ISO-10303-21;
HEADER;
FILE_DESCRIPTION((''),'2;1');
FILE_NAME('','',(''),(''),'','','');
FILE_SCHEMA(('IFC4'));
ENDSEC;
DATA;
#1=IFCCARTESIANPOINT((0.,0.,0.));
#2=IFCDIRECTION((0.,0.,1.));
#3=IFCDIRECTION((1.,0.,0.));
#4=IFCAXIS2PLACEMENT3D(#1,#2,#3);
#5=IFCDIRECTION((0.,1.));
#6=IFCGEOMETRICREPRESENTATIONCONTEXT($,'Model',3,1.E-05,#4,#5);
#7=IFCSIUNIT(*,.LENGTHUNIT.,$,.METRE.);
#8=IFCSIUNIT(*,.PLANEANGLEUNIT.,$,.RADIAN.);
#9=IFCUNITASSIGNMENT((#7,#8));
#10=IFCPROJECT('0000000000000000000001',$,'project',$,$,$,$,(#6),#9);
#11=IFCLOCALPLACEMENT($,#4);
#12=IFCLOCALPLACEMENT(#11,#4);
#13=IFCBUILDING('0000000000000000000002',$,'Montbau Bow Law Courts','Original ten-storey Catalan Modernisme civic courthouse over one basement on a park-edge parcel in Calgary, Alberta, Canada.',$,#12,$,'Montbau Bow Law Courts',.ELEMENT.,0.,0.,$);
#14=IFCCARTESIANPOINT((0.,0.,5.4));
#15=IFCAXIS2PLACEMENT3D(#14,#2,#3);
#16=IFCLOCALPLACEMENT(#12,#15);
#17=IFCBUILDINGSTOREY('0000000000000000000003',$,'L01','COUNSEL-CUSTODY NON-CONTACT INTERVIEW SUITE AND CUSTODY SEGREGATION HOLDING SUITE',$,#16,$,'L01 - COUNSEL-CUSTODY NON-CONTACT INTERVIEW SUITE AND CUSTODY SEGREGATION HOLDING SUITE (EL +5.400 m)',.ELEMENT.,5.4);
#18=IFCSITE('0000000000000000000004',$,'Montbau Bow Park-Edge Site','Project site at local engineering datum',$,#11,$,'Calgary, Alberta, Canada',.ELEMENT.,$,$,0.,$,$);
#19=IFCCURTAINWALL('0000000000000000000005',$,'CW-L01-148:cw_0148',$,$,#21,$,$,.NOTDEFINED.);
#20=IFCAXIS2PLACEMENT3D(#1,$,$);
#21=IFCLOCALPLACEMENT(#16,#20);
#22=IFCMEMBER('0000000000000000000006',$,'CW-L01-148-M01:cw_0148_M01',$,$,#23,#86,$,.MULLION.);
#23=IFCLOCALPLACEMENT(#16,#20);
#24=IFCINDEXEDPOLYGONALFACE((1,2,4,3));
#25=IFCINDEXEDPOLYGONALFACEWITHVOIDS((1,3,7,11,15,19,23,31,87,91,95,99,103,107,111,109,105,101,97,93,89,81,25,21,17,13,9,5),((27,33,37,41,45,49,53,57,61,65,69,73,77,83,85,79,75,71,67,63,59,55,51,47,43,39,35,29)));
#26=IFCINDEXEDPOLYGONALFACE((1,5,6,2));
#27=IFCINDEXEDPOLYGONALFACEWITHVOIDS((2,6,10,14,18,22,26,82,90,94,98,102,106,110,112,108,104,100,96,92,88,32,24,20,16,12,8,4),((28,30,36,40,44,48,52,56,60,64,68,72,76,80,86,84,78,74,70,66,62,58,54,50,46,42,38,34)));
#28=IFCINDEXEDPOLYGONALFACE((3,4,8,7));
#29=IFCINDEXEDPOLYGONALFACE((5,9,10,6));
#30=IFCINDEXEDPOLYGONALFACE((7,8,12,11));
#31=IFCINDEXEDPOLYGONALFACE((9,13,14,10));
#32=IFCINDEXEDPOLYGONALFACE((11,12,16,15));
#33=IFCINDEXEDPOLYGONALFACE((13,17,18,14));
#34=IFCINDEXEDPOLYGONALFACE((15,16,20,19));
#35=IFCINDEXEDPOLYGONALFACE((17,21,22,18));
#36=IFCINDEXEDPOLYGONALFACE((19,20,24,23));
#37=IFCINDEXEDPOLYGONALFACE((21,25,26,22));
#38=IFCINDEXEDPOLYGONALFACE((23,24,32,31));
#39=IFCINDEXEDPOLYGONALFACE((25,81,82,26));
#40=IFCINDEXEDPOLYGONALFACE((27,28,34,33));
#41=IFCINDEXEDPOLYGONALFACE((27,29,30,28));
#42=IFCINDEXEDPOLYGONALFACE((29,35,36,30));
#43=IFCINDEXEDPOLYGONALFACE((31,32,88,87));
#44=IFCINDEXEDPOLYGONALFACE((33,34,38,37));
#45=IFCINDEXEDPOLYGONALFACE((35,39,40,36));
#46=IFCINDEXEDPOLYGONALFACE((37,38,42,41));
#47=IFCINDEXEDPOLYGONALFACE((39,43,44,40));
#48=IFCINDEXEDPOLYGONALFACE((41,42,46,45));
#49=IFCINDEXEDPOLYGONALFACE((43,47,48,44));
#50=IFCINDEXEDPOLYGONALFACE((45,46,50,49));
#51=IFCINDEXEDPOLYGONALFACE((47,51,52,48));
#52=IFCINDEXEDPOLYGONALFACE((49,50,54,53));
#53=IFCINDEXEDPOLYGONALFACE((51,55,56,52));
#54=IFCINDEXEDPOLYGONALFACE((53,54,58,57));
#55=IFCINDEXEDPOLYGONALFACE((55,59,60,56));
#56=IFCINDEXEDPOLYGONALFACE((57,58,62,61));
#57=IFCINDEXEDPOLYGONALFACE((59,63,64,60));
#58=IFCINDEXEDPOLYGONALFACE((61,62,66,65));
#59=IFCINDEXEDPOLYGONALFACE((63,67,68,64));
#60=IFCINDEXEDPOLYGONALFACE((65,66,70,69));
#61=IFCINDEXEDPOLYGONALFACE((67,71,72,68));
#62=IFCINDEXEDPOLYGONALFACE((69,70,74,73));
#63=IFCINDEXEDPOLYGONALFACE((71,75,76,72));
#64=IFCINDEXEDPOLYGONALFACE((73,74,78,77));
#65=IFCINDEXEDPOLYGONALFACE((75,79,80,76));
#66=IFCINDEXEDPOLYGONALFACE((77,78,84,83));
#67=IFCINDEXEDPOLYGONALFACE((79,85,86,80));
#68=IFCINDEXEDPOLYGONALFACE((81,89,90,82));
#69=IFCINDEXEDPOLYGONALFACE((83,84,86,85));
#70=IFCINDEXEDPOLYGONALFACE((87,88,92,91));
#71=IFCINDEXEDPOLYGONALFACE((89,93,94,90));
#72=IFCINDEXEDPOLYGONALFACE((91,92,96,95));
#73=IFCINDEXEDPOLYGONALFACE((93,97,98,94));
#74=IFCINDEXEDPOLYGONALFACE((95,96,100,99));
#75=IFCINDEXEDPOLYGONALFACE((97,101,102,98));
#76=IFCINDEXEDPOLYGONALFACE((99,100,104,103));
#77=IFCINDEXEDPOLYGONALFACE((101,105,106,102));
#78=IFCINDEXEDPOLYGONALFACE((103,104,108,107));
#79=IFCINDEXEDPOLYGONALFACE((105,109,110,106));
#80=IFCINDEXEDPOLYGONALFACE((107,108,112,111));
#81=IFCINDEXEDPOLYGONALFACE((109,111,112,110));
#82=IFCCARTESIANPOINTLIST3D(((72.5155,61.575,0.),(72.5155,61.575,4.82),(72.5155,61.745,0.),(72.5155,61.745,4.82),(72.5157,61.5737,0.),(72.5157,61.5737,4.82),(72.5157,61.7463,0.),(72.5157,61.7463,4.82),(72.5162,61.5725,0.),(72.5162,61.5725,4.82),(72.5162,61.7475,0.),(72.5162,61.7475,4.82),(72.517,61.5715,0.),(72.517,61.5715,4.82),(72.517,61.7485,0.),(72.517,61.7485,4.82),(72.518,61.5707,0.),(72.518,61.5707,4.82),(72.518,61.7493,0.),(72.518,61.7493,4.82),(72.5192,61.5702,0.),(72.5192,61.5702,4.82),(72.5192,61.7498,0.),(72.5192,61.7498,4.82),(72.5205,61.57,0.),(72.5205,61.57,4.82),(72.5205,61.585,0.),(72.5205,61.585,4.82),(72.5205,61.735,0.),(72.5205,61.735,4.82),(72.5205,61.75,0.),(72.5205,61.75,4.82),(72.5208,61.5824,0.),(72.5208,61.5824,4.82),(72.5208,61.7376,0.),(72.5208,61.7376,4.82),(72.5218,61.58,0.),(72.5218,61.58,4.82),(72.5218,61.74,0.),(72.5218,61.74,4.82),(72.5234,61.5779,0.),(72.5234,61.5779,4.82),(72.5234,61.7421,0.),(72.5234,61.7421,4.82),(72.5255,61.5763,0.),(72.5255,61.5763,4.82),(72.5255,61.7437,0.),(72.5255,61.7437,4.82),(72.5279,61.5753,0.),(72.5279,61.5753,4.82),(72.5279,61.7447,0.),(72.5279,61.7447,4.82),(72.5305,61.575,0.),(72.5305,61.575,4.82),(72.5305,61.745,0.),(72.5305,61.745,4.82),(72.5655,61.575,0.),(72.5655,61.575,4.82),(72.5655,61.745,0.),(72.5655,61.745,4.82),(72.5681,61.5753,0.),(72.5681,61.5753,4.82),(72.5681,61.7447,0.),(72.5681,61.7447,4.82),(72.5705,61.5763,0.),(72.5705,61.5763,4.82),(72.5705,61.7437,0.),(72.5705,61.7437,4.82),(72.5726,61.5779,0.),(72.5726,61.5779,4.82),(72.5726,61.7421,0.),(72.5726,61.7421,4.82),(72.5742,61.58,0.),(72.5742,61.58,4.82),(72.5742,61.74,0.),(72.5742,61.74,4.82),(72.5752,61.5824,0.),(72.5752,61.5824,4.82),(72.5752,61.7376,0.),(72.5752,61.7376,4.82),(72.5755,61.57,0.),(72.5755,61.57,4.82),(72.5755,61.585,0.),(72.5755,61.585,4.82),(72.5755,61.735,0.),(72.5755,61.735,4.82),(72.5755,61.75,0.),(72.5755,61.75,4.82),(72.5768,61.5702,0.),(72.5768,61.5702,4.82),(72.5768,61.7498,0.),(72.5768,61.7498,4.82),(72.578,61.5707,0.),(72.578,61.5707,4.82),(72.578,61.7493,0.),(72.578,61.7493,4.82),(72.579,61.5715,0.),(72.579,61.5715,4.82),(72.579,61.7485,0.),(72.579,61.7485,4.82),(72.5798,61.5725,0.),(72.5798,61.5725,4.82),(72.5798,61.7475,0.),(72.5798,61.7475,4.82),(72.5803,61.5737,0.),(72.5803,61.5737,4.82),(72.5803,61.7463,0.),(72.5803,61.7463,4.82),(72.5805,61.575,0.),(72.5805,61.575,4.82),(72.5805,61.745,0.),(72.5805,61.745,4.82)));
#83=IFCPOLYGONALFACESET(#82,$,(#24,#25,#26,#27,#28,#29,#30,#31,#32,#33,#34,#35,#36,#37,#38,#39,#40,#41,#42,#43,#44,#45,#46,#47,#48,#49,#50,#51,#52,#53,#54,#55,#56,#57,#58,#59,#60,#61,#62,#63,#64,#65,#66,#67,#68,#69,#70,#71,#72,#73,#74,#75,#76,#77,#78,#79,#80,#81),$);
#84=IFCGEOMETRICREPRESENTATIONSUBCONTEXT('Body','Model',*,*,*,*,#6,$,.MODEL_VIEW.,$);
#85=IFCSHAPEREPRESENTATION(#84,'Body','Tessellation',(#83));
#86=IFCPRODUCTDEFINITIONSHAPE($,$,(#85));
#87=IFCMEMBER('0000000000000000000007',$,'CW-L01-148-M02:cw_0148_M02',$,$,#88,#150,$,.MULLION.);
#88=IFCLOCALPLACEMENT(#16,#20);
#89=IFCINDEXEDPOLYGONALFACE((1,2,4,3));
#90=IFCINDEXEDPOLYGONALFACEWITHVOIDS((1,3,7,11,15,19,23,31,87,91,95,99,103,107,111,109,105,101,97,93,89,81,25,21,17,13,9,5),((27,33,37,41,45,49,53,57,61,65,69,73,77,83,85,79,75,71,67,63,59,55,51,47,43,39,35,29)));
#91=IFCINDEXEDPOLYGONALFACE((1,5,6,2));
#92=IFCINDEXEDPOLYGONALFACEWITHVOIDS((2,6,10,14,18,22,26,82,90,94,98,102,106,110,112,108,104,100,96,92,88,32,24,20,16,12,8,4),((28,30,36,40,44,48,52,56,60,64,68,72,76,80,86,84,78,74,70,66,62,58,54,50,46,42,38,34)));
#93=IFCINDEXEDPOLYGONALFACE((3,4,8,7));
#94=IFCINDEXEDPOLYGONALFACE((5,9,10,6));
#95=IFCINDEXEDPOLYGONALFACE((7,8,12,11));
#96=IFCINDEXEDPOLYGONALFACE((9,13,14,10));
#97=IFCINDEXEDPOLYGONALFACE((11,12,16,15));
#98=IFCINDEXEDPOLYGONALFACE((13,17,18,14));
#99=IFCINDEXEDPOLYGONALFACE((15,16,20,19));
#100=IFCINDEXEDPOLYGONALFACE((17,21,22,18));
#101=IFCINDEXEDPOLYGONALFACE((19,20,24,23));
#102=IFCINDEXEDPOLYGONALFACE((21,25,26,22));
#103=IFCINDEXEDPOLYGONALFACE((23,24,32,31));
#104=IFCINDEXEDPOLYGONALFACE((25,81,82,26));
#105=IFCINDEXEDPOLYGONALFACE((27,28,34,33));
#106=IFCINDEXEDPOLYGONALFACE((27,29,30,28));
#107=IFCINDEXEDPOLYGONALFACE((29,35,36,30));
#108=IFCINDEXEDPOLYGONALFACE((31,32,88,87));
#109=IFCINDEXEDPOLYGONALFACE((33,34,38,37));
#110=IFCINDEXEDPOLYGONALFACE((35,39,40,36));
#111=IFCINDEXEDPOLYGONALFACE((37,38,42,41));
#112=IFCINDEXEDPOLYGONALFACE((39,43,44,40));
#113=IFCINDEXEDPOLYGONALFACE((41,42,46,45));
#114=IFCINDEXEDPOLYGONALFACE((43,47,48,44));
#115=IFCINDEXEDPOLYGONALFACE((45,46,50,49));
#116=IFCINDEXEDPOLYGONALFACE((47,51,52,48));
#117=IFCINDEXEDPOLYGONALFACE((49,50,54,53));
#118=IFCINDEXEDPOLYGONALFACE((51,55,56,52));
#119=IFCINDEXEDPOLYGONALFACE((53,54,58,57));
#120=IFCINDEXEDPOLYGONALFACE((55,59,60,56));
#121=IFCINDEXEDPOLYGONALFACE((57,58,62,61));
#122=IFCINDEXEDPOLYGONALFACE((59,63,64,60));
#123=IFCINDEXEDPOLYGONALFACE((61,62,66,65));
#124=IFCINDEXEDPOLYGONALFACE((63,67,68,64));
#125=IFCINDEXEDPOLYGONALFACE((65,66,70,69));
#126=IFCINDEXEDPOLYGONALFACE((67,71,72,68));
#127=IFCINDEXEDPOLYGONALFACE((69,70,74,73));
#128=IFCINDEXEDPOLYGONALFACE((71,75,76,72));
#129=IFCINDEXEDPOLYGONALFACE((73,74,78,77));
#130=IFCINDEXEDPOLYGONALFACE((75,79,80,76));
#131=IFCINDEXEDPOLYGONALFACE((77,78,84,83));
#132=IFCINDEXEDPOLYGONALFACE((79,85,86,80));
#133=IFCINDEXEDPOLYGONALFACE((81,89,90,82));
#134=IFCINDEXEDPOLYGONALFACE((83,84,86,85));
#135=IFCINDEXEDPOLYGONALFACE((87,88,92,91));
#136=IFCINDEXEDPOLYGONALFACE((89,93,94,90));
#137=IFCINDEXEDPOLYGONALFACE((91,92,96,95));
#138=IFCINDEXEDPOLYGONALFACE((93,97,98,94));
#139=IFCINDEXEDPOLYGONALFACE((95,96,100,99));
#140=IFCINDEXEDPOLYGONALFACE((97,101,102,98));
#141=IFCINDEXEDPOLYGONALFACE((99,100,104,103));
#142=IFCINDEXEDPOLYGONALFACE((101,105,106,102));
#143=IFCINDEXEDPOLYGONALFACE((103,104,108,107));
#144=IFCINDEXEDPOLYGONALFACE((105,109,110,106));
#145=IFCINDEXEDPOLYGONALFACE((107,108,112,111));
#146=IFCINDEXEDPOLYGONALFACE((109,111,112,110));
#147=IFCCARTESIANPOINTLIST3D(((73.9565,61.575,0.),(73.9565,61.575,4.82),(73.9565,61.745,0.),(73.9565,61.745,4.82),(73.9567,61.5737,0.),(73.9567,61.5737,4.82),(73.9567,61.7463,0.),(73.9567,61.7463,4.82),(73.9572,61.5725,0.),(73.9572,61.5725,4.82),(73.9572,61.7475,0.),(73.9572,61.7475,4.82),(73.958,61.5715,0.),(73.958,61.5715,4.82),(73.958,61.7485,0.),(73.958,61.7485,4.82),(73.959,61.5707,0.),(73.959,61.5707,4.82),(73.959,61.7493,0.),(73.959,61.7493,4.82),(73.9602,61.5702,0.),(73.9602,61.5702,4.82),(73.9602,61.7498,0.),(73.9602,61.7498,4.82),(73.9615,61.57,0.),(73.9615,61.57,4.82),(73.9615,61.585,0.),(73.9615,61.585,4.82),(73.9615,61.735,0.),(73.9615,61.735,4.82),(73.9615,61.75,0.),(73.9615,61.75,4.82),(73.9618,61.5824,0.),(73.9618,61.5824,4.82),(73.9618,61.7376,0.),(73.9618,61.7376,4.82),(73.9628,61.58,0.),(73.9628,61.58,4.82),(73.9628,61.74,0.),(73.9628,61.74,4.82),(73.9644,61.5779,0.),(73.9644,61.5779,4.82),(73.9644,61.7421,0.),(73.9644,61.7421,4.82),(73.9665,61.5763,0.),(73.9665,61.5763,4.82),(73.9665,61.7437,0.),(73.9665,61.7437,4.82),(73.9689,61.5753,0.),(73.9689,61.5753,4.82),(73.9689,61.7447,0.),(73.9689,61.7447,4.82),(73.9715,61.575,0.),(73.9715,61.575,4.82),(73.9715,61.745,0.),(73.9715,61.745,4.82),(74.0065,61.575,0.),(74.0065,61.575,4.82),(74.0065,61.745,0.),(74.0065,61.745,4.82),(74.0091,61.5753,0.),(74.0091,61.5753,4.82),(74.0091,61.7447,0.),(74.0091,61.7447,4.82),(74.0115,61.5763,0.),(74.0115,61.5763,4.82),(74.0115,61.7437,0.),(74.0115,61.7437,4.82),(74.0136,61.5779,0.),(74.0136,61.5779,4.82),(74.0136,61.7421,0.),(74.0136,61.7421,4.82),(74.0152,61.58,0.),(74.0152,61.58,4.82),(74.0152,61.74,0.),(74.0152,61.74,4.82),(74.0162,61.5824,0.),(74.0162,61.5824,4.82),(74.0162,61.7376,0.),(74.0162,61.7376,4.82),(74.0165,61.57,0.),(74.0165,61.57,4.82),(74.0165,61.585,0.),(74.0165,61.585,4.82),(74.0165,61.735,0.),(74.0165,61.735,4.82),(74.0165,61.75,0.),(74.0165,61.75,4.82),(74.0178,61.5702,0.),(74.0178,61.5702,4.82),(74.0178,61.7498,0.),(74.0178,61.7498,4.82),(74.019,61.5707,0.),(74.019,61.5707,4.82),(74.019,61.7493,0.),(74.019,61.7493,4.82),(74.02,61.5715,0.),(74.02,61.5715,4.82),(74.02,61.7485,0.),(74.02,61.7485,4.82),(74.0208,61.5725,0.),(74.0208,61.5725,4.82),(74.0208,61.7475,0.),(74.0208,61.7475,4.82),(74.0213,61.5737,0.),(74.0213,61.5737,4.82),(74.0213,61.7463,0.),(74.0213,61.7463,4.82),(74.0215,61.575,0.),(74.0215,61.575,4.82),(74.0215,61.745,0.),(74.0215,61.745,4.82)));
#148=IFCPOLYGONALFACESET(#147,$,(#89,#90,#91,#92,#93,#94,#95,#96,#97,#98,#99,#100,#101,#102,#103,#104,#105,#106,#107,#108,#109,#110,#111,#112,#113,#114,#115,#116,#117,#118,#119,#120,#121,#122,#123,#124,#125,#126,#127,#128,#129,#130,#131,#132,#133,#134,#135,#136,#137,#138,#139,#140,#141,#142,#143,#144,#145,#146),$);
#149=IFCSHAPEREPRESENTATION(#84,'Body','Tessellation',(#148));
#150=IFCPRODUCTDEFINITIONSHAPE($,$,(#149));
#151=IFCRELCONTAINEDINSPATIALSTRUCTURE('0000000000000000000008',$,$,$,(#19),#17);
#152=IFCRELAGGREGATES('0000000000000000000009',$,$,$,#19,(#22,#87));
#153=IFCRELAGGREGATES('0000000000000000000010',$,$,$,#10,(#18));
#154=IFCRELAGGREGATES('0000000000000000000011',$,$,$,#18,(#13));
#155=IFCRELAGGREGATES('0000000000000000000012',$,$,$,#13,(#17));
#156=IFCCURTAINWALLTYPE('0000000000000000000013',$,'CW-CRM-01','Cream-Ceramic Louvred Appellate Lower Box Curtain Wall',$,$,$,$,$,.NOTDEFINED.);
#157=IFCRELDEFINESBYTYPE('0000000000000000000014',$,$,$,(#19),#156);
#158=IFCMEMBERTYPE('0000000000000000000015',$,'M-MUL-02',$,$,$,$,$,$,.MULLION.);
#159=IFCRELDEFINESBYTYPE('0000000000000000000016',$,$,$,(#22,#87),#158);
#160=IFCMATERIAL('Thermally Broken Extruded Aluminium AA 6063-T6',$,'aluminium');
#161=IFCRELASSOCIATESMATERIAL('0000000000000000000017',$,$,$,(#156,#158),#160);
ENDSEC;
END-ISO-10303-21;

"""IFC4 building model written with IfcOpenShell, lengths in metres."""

from ifc_helpers import new_model, si_unit, direction, frame, origin_with_axes, origin_2d_with_axis, place, context, subcontext, project, spatial, hollow_rectangle, extrude, material, material_profile, profile_set, type_object, element, aggregate, save


model = new_model("IFC4")

# Units and contexts
model_context = context("Model", 3, precision=1e-05, world=origin_with_axes(), true_north=direction((0.0, 1.0)))
body_context = subcontext(model_context, "Body", "Model", "MODEL_VIEW")
ifc_project = project(units=[si_unit("LENGTHUNIT", "METRE"), si_unit("PLANEANGLEUNIT", "RADIAN")], contexts=[model_context])

# Site, building, storey
site_placement = place(None, origin_with_axes())
site = spatial("IfcSite", under=ifc_project, at=site_placement, Name="Montbau Bow Park-Edge Site", Description="Project site at local engineering datum", LongName="Calgary, Alberta, Canada", CompositionType="ELEMENT", RefElevation=0.0)
building_placement = place(site_placement, origin_with_axes())
building = spatial("IfcBuilding", under=site, at=building_placement, Name="Montbau Bow Law Courts", Description="Original ten-storey Catalan Modernisme civic courthouse over one basement on a park-edge parcel in Calgary, Alberta, Canada.", LongName="Montbau Bow Law Courts", CompositionType="ELEMENT", ElevationOfRefHeight=0.0, ElevationOfTerrain=0.0)
storey_placement = place(building_placement, frame((0.0, 0.0, 5.4), z_axis=(0.0, 0.0, 1.0), x_axis=(1.0, 0.0, 0.0)))
storey = spatial("IfcBuildingStorey", under=building, at=storey_placement, Name="L01", Description="COUNSEL-CUSTODY NON-CONTACT INTERVIEW SUITE AND CUSTODY SEGREGATION HOLDING SUITE", LongName="L01 - COUNSEL-CUSTODY NON-CONTACT INTERVIEW SUITE AND CUSTODY SEGREGATION HOLDING SUITE (EL +5.400 m)", CompositionType="ELEMENT", Elevation=5.4)

# Curtain wall, members
ifc_material_1 = material(Name="Thermally Broken Extruded Aluminium AA 6063-T6", Category="aluminium")
curtain_wall_type = type_object("IfcCurtainWallType", Name="CW-CRM-01", Description="Cream-Ceramic Louvred Appellate Lower Box Curtain Wall", PredefinedType="NOTDEFINED", material=ifc_material_1)
curtain_wall_1_placement = place(None, frame((72.515, 61.66, 5.4), z_axis=(0.0, 0.0, 1.0), x_axis=(1.0, 0.0, 0.0)))
curtain_wall_1 = element("IfcCurtainWall", 1, at=curtain_wall_1_placement, inside=storey, type_object=curtain_wall_type, Name="CW-L01-148:cw_0148", PredefinedType="NOTDEFINED")
ifc_material_profile_1 = material_profile(ifc_material_1, hollow_rectangle(XDim=0.065, YDim=0.18, WallThickness=0.005, InnerFilletRadius=0.01, OuterFilletRadius=0.005, at=origin_2d_with_axis()), Name="CWM-180X65", Category="Main", Priority=0)
ifc_profile_set_1 = profile_set([ifc_material_profile_1], Name="Thermally Broken Extruded Aluminium AA 6063-T6")
member_type_1 = type_object("IfcMemberType", Name="M-MUL-02", PredefinedType="MULLION", material=ifc_profile_set_1)
member_1_placement = place(None, frame((72.548, 61.66, 5.4), z_axis=(0.0, 0.0, 1.0), x_axis=(1.0, 0.0, 0.0)))
member_1 = element("IfcMember", 2, at=member_1_placement, type_object=member_type_1, Name="CW-L01-148-M01:cw_0148_M01", PredefinedType="MULLION", context=body_context, shape_type="SweptSolid", body=[
    extrude(hollow_rectangle(XDim=0.065, YDim=0.18, WallThickness=0.005, InnerFilletRadius=0.01, OuterFilletRadius=0.005, at=origin_2d_with_axis()), origin_with_axes(), (0.0, 0.0, 1.0), 4.82),
])
member_2_placement = place(None, frame((73.989, 61.66, 5.4), z_axis=(0.0, 0.0, 1.0), x_axis=(1.0, 0.0, 0.0)))
member_2 = element("IfcMember", 3, at=member_2_placement, type_object=member_type_1, Name="CW-L01-148-M02:cw_0148_M02", PredefinedType="MULLION", context=body_context, shape_type="SweptSolid", body=[
    extrude(hollow_rectangle(XDim=0.065, YDim=0.18, WallThickness=0.005, InnerFilletRadius=0.01, OuterFilletRadius=0.005, at=origin_2d_with_axis()), origin_with_axes(), (0.0, 0.0, 1.0), 4.82),
])

aggregate(curtain_wall_1, [member_1, member_2])

save(model, "model.ifc")
